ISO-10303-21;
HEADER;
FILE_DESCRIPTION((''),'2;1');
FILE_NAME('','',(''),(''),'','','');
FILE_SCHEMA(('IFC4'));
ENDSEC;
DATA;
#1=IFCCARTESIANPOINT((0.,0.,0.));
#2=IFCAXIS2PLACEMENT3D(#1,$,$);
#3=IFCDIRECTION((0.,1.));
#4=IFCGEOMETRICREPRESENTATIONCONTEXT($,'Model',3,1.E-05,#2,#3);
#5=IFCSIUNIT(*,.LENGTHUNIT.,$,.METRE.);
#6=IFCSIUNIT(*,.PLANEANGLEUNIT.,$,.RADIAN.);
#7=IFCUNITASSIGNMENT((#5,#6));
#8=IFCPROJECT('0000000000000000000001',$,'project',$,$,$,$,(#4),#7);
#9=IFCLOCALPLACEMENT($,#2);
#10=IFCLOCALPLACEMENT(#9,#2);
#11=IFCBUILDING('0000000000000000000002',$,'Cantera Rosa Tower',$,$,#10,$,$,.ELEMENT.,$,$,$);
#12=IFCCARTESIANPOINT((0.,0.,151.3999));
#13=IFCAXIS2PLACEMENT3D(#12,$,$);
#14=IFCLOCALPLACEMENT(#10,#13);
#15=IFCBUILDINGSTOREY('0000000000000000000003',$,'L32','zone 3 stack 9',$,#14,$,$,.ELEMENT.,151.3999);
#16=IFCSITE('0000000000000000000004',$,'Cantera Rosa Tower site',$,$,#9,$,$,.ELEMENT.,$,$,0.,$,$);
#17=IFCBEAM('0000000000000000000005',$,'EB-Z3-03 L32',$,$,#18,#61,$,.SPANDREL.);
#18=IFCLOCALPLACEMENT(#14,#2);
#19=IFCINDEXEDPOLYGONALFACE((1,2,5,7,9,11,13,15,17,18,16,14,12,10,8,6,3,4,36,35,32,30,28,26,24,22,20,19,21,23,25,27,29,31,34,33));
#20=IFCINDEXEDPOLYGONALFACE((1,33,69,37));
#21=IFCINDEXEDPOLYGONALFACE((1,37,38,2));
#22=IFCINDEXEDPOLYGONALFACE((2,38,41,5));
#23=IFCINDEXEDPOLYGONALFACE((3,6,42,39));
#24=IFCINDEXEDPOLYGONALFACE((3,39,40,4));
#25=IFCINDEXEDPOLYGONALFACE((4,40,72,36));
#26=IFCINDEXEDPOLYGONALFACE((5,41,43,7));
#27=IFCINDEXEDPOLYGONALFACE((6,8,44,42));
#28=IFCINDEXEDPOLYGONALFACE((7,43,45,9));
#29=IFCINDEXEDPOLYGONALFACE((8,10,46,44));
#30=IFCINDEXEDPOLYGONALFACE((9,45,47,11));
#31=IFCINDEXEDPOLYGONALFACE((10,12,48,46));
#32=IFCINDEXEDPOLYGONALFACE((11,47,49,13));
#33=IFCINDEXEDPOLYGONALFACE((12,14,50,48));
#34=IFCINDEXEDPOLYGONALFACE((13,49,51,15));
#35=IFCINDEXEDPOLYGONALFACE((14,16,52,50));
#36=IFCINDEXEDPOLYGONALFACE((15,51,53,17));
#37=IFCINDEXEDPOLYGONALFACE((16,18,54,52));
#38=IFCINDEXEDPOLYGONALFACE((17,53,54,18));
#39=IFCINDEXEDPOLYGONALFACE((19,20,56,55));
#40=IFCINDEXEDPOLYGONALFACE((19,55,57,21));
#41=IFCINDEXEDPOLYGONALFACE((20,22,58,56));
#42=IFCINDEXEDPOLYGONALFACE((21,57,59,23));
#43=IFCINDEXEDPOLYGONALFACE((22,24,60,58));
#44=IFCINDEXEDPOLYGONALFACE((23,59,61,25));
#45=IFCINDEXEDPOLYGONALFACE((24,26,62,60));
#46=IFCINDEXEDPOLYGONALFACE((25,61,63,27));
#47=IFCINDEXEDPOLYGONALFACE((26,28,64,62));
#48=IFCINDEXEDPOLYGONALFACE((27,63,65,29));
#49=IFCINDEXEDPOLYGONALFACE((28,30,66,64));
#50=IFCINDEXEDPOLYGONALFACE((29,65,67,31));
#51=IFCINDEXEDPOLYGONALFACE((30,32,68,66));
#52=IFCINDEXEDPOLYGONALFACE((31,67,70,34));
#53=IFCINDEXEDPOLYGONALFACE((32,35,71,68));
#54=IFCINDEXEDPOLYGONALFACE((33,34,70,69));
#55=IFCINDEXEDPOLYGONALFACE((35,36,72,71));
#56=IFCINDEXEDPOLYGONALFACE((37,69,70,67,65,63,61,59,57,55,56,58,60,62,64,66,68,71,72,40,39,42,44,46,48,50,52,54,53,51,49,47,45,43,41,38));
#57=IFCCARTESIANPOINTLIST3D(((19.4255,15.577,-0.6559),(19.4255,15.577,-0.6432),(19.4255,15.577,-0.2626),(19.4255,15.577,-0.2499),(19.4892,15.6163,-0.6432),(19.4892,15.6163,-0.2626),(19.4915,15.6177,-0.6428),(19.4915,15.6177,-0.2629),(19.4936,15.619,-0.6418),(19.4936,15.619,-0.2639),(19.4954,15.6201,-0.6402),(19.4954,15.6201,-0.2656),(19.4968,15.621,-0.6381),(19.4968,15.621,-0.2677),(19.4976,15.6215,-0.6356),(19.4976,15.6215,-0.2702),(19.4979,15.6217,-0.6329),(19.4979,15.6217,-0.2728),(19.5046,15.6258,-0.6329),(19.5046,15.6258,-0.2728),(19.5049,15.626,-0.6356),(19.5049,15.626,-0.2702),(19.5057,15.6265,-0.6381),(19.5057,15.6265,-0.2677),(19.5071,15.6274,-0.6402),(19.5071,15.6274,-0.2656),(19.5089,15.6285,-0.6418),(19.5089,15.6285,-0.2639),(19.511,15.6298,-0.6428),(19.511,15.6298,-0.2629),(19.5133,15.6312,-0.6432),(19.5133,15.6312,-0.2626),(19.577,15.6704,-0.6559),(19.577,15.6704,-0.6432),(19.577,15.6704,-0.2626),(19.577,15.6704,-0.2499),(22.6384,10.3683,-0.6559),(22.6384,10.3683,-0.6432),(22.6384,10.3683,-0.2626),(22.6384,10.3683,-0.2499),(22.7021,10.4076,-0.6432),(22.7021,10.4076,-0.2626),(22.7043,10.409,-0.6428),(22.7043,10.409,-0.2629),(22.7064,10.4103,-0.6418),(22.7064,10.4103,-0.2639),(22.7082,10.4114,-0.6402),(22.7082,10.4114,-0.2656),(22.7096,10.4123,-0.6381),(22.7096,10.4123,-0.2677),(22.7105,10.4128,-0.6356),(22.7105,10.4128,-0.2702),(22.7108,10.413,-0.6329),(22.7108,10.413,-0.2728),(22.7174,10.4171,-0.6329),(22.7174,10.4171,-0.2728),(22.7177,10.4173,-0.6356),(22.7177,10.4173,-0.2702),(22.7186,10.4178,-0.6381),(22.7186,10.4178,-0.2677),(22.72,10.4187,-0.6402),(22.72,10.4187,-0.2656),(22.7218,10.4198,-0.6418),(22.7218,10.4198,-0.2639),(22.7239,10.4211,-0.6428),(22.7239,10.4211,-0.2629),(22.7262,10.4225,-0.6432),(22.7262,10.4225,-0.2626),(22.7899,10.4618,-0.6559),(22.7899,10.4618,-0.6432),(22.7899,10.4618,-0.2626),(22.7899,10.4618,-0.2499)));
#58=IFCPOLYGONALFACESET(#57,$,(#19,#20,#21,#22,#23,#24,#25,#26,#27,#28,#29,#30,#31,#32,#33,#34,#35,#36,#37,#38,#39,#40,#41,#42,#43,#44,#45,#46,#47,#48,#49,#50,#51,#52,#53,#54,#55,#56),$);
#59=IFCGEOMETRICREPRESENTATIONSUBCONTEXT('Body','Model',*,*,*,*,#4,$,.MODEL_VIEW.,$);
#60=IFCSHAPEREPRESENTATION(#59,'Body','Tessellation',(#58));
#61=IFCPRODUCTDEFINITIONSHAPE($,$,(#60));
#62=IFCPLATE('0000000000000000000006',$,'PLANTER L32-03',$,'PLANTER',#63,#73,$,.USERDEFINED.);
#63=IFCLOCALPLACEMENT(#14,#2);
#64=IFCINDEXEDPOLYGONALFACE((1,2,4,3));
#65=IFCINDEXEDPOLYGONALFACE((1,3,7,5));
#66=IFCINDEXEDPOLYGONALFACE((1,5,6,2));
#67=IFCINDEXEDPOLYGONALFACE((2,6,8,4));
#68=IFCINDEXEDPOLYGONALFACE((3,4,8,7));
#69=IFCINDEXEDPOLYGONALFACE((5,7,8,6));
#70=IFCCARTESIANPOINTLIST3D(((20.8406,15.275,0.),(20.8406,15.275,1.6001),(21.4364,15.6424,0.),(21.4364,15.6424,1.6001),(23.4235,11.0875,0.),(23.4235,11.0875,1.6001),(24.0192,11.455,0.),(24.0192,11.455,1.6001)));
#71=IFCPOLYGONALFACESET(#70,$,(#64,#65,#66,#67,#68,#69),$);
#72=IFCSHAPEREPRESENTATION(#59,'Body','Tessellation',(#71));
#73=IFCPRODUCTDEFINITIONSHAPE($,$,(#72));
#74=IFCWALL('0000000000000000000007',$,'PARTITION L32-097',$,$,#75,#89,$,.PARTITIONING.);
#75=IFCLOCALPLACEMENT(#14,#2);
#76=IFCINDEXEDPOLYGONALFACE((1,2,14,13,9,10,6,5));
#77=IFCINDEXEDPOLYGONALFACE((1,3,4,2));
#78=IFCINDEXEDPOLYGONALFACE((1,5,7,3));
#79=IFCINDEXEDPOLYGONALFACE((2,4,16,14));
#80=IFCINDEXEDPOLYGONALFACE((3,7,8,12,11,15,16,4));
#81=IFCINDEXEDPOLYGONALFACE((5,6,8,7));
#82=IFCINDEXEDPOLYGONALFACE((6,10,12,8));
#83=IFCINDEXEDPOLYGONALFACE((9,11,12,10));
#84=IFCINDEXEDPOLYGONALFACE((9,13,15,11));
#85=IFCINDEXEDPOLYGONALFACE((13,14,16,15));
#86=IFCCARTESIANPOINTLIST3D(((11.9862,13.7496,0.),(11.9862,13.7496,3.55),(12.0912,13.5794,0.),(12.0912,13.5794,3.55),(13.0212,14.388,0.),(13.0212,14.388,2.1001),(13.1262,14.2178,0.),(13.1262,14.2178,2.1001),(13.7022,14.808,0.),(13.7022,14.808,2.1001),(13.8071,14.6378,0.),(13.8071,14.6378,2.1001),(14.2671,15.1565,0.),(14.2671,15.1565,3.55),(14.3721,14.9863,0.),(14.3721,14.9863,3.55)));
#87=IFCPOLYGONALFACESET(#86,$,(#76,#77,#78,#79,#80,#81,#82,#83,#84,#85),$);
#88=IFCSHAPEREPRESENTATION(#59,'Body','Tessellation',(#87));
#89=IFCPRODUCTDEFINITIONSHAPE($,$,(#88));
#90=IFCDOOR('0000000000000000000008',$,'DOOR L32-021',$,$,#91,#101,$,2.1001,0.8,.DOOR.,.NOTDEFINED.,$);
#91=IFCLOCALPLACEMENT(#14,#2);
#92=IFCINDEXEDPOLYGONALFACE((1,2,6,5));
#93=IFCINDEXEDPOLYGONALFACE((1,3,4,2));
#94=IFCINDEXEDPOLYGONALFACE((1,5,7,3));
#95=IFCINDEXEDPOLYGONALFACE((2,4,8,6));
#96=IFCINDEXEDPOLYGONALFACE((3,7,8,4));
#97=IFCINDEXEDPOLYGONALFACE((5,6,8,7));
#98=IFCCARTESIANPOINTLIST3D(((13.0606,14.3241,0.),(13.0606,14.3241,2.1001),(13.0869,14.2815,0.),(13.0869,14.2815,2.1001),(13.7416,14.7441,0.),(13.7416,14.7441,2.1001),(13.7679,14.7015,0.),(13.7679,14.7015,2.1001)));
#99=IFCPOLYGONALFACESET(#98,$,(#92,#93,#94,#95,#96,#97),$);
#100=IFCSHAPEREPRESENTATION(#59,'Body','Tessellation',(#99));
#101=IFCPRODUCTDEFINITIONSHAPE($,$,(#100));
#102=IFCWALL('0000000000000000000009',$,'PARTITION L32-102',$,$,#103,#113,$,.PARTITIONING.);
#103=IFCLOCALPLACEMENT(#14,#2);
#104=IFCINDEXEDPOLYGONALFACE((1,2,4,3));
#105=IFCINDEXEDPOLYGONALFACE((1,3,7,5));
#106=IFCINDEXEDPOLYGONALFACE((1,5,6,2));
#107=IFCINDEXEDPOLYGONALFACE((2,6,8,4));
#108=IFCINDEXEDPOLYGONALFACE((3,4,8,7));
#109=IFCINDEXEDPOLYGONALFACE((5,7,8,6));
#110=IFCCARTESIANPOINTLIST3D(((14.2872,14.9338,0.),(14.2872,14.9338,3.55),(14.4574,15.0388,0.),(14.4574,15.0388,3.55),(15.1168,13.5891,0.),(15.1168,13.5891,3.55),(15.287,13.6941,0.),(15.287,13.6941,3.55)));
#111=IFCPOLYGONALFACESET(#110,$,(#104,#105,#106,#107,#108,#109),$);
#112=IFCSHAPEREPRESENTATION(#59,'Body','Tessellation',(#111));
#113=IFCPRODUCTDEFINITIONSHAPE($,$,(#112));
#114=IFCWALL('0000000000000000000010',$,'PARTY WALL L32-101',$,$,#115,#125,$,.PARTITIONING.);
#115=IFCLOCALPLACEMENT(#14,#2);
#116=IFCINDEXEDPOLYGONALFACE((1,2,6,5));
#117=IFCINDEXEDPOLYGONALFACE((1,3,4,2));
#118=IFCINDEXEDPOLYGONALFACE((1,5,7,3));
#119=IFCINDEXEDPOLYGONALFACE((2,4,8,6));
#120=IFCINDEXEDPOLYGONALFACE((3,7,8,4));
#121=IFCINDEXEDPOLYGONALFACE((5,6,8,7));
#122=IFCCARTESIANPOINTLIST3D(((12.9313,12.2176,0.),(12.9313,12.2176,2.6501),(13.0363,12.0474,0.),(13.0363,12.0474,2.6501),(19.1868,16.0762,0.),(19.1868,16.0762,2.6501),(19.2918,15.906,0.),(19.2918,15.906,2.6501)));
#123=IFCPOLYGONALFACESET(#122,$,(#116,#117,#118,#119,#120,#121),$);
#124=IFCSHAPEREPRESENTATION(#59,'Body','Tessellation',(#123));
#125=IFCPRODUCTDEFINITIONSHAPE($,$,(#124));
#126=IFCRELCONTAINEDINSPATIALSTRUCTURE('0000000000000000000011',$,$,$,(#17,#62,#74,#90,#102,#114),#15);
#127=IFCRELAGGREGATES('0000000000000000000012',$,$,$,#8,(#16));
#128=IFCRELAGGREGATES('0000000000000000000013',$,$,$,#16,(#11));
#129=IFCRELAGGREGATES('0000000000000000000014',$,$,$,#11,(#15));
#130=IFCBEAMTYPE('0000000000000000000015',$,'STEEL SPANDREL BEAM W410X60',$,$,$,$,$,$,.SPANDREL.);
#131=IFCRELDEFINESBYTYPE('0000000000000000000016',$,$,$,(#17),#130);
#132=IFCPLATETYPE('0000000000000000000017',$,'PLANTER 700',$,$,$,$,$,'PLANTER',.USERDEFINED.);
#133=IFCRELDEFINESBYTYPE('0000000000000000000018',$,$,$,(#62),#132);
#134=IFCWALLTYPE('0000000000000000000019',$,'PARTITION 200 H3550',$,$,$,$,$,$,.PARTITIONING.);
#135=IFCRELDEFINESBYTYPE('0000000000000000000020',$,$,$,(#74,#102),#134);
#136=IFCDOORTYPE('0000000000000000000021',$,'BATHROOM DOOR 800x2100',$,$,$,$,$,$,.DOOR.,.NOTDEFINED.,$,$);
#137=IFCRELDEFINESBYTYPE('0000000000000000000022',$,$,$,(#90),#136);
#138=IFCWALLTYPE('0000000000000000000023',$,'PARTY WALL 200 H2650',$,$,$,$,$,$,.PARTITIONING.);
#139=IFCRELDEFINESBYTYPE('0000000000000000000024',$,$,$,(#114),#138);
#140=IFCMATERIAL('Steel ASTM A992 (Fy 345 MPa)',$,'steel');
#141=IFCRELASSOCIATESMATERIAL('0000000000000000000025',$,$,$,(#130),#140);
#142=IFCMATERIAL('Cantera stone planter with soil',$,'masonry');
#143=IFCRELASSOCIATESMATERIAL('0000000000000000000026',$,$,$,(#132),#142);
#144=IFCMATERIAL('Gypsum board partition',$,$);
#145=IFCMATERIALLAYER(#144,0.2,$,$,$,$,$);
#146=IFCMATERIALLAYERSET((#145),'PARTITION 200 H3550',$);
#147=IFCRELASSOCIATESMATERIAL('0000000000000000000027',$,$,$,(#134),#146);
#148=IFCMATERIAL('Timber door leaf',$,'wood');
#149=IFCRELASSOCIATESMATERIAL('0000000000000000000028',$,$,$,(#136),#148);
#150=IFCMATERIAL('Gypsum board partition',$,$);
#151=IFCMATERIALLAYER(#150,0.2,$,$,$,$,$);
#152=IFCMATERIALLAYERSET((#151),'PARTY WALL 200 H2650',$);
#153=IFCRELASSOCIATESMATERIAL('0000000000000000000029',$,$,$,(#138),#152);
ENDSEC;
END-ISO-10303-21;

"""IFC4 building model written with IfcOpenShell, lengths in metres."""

from ifc_helpers import new_model, si_unit, direction, frame, frame_2d, origin, origin_2d, place, context, subcontext, project, spatial, rectangle, i_section, extrude, material, layer, layer_set, material_profile, profile_set, type_object, element, fill, save


model = new_model("IFC4")

# Units and contexts
model_context = context("Model", 3, precision=1e-05, world=origin(), true_north=direction((0.0, 1.0)))
body_context = subcontext(model_context, "Body", "Model", "MODEL_VIEW")
ifc_project = project(units=[si_unit("LENGTHUNIT", "METRE"), si_unit("PLANEANGLEUNIT", "RADIAN")], contexts=[model_context])

# Site, building, storey
site_placement = place(None, origin())
site = spatial("IfcSite", under=ifc_project, at=site_placement, Name="Cantera Rosa Tower site", CompositionType="ELEMENT", RefElevation=0.0)
building_placement = place(site_placement, origin())
building = spatial("IfcBuilding", under=site, at=building_placement, Name="Cantera Rosa Tower", CompositionType="ELEMENT")
storey_placement = place(building_placement, frame((0.0, 0.0, 151.3999)))
storey = spatial("IfcBuildingStorey", under=building, at=storey_placement, Name="L32", Description="zone 3 stack 9", CompositionType="ELEMENT", Elevation=151.3999)

# Beam
ifc_material_1 = material(Name="Steel ASTM A992 (Fy 345 MPa)", Category="steel")
ifc_material_profile_1 = material_profile(ifc_material_1, i_section(OverallWidth=0.178, OverallDepth=0.406, WebThickness=0.0078, FlangeThickness=0.0127, FilletRadius=0.0103, at=origin_2d()), Name="W410X60")
ifc_profile_set_1 = profile_set([ifc_material_profile_1], Name="Steel ASTM A992 (Fy 345 MPa)")
beam_type_1 = type_object("IfcBeamType", Name="STEEL SPANDREL BEAM W410X60", PredefinedType="SPANDREL", material=ifc_profile_set_1)
beam_1_placement = place(storey_placement, frame((22.7141, 10.415, -0.4529), z_axis=(-0.524987, 0.85111, 0.0), x_axis=(-0.85111, -0.524987, 0.0)))
element("IfcBeam", 1, at=beam_1_placement, inside=storey, type_object=beam_type_1, Name="EB-Z3-03 L32", PredefinedType="SPANDREL", context=body_context, shape_type="SweptSolid", body=[
    extrude(i_section(OverallWidth=0.178, OverallDepth=0.406, WebThickness=0.0078, FlangeThickness=0.0127, FilletRadius=0.0103, at=origin_2d()), origin(), (0.0, 0.0, 1.0), 6.1199),
])

# Plate
ifc_material_2 = material(Name="Cantera stone planter with soil", Category="masonry")
plate_type = type_object("IfcPlateType", Name="PLANTER 700", ElementType="PLANTER", PredefinedType="USERDEFINED", material=ifc_material_2)
plate_placement = place(storey_placement, frame((22.4299, 13.365, 0.0), z_axis=(0.0, 0.0, 1.0), x_axis=(-0.524977, 0.851117, 0.0)))
element("IfcPlate", 2, at=plate_placement, inside=storey, type_object=plate_type, Name="PLANTER L32-03", ObjectType="PLANTER", PredefinedType="USERDEFINED", context=body_context, shape_type="SweptSolid", body=[
    extrude(rectangle(XDim=4.9199, YDim=0.7, at=origin_2d()), origin(), (0.0, 0.0, 1.0), 1.6001),
])

# Wall, opening, door
ifc_material_3 = material(Name="Gypsum board partition")
ifc_layer_1 = layer(ifc_material_3, 0.2)
ifc_layer_set_1 = layer_set([ifc_layer_1], Name="PARTITION 200 H3550")
wall_type_1 = type_object("IfcWallType", Name="PARTITION 200 H3550", PredefinedType="PARTITIONING", material=ifc_layer_set_1)
wall_1_placement = place(storey_placement, frame((12.0388, 13.6646, 0.0), z_axis=(0.0, 0.0, 1.0), x_axis=(0.85111, 0.524987, 0.0)))
wall_1 = element("IfcWall", 3, at=wall_1_placement, inside=storey, type_object=wall_type_1, Name="PARTITION L32-097", PredefinedType="PARTITIONING", context=body_context, shape_type="SweptSolid", body=[
    extrude(rectangle(XDim=2.6799, YDim=0.2, at=frame_2d((1.3398, 0.0))), origin(), (0.0, 0.0, 1.0), 3.55),
])
opening_1_placement = place(wall_1_placement, frame((1.2161, 0.0, 0.0)))
opening_1 = element("IfcOpeningElement", 4, at=opening_1_placement, cuts=wall_1, PredefinedType="OPENING", context=body_context, shape_type="SweptSolid", body=[
    extrude(rectangle(XDim=0.8, YDim=2.1001, at=frame_2d((0.3999, 1.05))), frame((0.0, 0.1099, 0.0), z_axis=(0.0, -1.0, 0.0), x_axis=(1.0, 0.0, 0.0)), (0.0, 0.0, 1.0), 0.22),
])
ifc_material_4 = material(Name="Timber door leaf", Category="wood")
door_type_1 = type_object("IfcDoorType", Name="BATHROOM DOOR 800x2100", OperationType="NOTDEFINED", PredefinedType="DOOR", material=ifc_material_4)
door_1_placement = place(opening_1_placement, origin())
door_1 = element("IfcDoor", 5, at=door_1_placement, inside=storey, type_object=door_type_1, Name="DOOR L32-021", OperationType="NOTDEFINED", OverallHeight=2.1001, OverallWidth=0.8, PredefinedType="DOOR", context=body_context, shape_type="SweptSolid", body=[
    extrude(rectangle(XDim=0.8, YDim=2.1001, at=frame_2d((0.3999, 1.05))), frame((0.0, 0.0249, 0.0), z_axis=(0.0, -1.0, 0.0), x_axis=(1.0, 0.0, 0.0)), (0.0, 0.0, 1.0), 0.05),
])
fill(opening_1, door_1)

# Walls
wall_2_placement = place(storey_placement, frame((14.3723, 14.9863, 0.0), z_axis=(0.0, 0.0, 1.0), x_axis=(0.525045, -0.851074, 0.0)))
element("IfcWall", 6, at=wall_2_placement, inside=storey, type_object=wall_type_1, Name="PARTITION L32-102", PredefinedType="PARTITIONING", context=body_context, shape_type="SweptSolid", body=[
    extrude(rectangle(XDim=1.5801, YDim=0.2, at=frame_2d((0.79, 0.0))), origin(), (0.0, 0.0, 1.0), 3.55),
])
ifc_material_5 = material(Name="Gypsum board partition")
ifc_layer_2 = layer(ifc_material_5, 0.2)
ifc_layer_set_2 = layer_set([ifc_layer_2], Name="PARTY WALL 200 H2650")
wall_type_2 = type_object("IfcWallType", Name="PARTY WALL 200 H2650", PredefinedType="PARTITIONING", material=ifc_layer_set_2)
wall_3_placement = place(storey_placement, frame((12.9839, 12.1326, 0.0), z_axis=(0.0, 0.0, 1.0), x_axis=(0.851109, 0.524989, 0.0)))
element("IfcWall", 7, at=wall_3_placement, inside=storey, type_object=wall_type_2, Name="PARTY WALL L32-101", PredefinedType="PARTITIONING", context=body_context, shape_type="SweptSolid", body=[
    extrude(rectangle(XDim=7.3499, YDim=0.2, at=frame_2d((3.6748, 0.0))), origin(), (0.0, 0.0, 1.0), 2.6501),
])

save(model, "model.ifc")
